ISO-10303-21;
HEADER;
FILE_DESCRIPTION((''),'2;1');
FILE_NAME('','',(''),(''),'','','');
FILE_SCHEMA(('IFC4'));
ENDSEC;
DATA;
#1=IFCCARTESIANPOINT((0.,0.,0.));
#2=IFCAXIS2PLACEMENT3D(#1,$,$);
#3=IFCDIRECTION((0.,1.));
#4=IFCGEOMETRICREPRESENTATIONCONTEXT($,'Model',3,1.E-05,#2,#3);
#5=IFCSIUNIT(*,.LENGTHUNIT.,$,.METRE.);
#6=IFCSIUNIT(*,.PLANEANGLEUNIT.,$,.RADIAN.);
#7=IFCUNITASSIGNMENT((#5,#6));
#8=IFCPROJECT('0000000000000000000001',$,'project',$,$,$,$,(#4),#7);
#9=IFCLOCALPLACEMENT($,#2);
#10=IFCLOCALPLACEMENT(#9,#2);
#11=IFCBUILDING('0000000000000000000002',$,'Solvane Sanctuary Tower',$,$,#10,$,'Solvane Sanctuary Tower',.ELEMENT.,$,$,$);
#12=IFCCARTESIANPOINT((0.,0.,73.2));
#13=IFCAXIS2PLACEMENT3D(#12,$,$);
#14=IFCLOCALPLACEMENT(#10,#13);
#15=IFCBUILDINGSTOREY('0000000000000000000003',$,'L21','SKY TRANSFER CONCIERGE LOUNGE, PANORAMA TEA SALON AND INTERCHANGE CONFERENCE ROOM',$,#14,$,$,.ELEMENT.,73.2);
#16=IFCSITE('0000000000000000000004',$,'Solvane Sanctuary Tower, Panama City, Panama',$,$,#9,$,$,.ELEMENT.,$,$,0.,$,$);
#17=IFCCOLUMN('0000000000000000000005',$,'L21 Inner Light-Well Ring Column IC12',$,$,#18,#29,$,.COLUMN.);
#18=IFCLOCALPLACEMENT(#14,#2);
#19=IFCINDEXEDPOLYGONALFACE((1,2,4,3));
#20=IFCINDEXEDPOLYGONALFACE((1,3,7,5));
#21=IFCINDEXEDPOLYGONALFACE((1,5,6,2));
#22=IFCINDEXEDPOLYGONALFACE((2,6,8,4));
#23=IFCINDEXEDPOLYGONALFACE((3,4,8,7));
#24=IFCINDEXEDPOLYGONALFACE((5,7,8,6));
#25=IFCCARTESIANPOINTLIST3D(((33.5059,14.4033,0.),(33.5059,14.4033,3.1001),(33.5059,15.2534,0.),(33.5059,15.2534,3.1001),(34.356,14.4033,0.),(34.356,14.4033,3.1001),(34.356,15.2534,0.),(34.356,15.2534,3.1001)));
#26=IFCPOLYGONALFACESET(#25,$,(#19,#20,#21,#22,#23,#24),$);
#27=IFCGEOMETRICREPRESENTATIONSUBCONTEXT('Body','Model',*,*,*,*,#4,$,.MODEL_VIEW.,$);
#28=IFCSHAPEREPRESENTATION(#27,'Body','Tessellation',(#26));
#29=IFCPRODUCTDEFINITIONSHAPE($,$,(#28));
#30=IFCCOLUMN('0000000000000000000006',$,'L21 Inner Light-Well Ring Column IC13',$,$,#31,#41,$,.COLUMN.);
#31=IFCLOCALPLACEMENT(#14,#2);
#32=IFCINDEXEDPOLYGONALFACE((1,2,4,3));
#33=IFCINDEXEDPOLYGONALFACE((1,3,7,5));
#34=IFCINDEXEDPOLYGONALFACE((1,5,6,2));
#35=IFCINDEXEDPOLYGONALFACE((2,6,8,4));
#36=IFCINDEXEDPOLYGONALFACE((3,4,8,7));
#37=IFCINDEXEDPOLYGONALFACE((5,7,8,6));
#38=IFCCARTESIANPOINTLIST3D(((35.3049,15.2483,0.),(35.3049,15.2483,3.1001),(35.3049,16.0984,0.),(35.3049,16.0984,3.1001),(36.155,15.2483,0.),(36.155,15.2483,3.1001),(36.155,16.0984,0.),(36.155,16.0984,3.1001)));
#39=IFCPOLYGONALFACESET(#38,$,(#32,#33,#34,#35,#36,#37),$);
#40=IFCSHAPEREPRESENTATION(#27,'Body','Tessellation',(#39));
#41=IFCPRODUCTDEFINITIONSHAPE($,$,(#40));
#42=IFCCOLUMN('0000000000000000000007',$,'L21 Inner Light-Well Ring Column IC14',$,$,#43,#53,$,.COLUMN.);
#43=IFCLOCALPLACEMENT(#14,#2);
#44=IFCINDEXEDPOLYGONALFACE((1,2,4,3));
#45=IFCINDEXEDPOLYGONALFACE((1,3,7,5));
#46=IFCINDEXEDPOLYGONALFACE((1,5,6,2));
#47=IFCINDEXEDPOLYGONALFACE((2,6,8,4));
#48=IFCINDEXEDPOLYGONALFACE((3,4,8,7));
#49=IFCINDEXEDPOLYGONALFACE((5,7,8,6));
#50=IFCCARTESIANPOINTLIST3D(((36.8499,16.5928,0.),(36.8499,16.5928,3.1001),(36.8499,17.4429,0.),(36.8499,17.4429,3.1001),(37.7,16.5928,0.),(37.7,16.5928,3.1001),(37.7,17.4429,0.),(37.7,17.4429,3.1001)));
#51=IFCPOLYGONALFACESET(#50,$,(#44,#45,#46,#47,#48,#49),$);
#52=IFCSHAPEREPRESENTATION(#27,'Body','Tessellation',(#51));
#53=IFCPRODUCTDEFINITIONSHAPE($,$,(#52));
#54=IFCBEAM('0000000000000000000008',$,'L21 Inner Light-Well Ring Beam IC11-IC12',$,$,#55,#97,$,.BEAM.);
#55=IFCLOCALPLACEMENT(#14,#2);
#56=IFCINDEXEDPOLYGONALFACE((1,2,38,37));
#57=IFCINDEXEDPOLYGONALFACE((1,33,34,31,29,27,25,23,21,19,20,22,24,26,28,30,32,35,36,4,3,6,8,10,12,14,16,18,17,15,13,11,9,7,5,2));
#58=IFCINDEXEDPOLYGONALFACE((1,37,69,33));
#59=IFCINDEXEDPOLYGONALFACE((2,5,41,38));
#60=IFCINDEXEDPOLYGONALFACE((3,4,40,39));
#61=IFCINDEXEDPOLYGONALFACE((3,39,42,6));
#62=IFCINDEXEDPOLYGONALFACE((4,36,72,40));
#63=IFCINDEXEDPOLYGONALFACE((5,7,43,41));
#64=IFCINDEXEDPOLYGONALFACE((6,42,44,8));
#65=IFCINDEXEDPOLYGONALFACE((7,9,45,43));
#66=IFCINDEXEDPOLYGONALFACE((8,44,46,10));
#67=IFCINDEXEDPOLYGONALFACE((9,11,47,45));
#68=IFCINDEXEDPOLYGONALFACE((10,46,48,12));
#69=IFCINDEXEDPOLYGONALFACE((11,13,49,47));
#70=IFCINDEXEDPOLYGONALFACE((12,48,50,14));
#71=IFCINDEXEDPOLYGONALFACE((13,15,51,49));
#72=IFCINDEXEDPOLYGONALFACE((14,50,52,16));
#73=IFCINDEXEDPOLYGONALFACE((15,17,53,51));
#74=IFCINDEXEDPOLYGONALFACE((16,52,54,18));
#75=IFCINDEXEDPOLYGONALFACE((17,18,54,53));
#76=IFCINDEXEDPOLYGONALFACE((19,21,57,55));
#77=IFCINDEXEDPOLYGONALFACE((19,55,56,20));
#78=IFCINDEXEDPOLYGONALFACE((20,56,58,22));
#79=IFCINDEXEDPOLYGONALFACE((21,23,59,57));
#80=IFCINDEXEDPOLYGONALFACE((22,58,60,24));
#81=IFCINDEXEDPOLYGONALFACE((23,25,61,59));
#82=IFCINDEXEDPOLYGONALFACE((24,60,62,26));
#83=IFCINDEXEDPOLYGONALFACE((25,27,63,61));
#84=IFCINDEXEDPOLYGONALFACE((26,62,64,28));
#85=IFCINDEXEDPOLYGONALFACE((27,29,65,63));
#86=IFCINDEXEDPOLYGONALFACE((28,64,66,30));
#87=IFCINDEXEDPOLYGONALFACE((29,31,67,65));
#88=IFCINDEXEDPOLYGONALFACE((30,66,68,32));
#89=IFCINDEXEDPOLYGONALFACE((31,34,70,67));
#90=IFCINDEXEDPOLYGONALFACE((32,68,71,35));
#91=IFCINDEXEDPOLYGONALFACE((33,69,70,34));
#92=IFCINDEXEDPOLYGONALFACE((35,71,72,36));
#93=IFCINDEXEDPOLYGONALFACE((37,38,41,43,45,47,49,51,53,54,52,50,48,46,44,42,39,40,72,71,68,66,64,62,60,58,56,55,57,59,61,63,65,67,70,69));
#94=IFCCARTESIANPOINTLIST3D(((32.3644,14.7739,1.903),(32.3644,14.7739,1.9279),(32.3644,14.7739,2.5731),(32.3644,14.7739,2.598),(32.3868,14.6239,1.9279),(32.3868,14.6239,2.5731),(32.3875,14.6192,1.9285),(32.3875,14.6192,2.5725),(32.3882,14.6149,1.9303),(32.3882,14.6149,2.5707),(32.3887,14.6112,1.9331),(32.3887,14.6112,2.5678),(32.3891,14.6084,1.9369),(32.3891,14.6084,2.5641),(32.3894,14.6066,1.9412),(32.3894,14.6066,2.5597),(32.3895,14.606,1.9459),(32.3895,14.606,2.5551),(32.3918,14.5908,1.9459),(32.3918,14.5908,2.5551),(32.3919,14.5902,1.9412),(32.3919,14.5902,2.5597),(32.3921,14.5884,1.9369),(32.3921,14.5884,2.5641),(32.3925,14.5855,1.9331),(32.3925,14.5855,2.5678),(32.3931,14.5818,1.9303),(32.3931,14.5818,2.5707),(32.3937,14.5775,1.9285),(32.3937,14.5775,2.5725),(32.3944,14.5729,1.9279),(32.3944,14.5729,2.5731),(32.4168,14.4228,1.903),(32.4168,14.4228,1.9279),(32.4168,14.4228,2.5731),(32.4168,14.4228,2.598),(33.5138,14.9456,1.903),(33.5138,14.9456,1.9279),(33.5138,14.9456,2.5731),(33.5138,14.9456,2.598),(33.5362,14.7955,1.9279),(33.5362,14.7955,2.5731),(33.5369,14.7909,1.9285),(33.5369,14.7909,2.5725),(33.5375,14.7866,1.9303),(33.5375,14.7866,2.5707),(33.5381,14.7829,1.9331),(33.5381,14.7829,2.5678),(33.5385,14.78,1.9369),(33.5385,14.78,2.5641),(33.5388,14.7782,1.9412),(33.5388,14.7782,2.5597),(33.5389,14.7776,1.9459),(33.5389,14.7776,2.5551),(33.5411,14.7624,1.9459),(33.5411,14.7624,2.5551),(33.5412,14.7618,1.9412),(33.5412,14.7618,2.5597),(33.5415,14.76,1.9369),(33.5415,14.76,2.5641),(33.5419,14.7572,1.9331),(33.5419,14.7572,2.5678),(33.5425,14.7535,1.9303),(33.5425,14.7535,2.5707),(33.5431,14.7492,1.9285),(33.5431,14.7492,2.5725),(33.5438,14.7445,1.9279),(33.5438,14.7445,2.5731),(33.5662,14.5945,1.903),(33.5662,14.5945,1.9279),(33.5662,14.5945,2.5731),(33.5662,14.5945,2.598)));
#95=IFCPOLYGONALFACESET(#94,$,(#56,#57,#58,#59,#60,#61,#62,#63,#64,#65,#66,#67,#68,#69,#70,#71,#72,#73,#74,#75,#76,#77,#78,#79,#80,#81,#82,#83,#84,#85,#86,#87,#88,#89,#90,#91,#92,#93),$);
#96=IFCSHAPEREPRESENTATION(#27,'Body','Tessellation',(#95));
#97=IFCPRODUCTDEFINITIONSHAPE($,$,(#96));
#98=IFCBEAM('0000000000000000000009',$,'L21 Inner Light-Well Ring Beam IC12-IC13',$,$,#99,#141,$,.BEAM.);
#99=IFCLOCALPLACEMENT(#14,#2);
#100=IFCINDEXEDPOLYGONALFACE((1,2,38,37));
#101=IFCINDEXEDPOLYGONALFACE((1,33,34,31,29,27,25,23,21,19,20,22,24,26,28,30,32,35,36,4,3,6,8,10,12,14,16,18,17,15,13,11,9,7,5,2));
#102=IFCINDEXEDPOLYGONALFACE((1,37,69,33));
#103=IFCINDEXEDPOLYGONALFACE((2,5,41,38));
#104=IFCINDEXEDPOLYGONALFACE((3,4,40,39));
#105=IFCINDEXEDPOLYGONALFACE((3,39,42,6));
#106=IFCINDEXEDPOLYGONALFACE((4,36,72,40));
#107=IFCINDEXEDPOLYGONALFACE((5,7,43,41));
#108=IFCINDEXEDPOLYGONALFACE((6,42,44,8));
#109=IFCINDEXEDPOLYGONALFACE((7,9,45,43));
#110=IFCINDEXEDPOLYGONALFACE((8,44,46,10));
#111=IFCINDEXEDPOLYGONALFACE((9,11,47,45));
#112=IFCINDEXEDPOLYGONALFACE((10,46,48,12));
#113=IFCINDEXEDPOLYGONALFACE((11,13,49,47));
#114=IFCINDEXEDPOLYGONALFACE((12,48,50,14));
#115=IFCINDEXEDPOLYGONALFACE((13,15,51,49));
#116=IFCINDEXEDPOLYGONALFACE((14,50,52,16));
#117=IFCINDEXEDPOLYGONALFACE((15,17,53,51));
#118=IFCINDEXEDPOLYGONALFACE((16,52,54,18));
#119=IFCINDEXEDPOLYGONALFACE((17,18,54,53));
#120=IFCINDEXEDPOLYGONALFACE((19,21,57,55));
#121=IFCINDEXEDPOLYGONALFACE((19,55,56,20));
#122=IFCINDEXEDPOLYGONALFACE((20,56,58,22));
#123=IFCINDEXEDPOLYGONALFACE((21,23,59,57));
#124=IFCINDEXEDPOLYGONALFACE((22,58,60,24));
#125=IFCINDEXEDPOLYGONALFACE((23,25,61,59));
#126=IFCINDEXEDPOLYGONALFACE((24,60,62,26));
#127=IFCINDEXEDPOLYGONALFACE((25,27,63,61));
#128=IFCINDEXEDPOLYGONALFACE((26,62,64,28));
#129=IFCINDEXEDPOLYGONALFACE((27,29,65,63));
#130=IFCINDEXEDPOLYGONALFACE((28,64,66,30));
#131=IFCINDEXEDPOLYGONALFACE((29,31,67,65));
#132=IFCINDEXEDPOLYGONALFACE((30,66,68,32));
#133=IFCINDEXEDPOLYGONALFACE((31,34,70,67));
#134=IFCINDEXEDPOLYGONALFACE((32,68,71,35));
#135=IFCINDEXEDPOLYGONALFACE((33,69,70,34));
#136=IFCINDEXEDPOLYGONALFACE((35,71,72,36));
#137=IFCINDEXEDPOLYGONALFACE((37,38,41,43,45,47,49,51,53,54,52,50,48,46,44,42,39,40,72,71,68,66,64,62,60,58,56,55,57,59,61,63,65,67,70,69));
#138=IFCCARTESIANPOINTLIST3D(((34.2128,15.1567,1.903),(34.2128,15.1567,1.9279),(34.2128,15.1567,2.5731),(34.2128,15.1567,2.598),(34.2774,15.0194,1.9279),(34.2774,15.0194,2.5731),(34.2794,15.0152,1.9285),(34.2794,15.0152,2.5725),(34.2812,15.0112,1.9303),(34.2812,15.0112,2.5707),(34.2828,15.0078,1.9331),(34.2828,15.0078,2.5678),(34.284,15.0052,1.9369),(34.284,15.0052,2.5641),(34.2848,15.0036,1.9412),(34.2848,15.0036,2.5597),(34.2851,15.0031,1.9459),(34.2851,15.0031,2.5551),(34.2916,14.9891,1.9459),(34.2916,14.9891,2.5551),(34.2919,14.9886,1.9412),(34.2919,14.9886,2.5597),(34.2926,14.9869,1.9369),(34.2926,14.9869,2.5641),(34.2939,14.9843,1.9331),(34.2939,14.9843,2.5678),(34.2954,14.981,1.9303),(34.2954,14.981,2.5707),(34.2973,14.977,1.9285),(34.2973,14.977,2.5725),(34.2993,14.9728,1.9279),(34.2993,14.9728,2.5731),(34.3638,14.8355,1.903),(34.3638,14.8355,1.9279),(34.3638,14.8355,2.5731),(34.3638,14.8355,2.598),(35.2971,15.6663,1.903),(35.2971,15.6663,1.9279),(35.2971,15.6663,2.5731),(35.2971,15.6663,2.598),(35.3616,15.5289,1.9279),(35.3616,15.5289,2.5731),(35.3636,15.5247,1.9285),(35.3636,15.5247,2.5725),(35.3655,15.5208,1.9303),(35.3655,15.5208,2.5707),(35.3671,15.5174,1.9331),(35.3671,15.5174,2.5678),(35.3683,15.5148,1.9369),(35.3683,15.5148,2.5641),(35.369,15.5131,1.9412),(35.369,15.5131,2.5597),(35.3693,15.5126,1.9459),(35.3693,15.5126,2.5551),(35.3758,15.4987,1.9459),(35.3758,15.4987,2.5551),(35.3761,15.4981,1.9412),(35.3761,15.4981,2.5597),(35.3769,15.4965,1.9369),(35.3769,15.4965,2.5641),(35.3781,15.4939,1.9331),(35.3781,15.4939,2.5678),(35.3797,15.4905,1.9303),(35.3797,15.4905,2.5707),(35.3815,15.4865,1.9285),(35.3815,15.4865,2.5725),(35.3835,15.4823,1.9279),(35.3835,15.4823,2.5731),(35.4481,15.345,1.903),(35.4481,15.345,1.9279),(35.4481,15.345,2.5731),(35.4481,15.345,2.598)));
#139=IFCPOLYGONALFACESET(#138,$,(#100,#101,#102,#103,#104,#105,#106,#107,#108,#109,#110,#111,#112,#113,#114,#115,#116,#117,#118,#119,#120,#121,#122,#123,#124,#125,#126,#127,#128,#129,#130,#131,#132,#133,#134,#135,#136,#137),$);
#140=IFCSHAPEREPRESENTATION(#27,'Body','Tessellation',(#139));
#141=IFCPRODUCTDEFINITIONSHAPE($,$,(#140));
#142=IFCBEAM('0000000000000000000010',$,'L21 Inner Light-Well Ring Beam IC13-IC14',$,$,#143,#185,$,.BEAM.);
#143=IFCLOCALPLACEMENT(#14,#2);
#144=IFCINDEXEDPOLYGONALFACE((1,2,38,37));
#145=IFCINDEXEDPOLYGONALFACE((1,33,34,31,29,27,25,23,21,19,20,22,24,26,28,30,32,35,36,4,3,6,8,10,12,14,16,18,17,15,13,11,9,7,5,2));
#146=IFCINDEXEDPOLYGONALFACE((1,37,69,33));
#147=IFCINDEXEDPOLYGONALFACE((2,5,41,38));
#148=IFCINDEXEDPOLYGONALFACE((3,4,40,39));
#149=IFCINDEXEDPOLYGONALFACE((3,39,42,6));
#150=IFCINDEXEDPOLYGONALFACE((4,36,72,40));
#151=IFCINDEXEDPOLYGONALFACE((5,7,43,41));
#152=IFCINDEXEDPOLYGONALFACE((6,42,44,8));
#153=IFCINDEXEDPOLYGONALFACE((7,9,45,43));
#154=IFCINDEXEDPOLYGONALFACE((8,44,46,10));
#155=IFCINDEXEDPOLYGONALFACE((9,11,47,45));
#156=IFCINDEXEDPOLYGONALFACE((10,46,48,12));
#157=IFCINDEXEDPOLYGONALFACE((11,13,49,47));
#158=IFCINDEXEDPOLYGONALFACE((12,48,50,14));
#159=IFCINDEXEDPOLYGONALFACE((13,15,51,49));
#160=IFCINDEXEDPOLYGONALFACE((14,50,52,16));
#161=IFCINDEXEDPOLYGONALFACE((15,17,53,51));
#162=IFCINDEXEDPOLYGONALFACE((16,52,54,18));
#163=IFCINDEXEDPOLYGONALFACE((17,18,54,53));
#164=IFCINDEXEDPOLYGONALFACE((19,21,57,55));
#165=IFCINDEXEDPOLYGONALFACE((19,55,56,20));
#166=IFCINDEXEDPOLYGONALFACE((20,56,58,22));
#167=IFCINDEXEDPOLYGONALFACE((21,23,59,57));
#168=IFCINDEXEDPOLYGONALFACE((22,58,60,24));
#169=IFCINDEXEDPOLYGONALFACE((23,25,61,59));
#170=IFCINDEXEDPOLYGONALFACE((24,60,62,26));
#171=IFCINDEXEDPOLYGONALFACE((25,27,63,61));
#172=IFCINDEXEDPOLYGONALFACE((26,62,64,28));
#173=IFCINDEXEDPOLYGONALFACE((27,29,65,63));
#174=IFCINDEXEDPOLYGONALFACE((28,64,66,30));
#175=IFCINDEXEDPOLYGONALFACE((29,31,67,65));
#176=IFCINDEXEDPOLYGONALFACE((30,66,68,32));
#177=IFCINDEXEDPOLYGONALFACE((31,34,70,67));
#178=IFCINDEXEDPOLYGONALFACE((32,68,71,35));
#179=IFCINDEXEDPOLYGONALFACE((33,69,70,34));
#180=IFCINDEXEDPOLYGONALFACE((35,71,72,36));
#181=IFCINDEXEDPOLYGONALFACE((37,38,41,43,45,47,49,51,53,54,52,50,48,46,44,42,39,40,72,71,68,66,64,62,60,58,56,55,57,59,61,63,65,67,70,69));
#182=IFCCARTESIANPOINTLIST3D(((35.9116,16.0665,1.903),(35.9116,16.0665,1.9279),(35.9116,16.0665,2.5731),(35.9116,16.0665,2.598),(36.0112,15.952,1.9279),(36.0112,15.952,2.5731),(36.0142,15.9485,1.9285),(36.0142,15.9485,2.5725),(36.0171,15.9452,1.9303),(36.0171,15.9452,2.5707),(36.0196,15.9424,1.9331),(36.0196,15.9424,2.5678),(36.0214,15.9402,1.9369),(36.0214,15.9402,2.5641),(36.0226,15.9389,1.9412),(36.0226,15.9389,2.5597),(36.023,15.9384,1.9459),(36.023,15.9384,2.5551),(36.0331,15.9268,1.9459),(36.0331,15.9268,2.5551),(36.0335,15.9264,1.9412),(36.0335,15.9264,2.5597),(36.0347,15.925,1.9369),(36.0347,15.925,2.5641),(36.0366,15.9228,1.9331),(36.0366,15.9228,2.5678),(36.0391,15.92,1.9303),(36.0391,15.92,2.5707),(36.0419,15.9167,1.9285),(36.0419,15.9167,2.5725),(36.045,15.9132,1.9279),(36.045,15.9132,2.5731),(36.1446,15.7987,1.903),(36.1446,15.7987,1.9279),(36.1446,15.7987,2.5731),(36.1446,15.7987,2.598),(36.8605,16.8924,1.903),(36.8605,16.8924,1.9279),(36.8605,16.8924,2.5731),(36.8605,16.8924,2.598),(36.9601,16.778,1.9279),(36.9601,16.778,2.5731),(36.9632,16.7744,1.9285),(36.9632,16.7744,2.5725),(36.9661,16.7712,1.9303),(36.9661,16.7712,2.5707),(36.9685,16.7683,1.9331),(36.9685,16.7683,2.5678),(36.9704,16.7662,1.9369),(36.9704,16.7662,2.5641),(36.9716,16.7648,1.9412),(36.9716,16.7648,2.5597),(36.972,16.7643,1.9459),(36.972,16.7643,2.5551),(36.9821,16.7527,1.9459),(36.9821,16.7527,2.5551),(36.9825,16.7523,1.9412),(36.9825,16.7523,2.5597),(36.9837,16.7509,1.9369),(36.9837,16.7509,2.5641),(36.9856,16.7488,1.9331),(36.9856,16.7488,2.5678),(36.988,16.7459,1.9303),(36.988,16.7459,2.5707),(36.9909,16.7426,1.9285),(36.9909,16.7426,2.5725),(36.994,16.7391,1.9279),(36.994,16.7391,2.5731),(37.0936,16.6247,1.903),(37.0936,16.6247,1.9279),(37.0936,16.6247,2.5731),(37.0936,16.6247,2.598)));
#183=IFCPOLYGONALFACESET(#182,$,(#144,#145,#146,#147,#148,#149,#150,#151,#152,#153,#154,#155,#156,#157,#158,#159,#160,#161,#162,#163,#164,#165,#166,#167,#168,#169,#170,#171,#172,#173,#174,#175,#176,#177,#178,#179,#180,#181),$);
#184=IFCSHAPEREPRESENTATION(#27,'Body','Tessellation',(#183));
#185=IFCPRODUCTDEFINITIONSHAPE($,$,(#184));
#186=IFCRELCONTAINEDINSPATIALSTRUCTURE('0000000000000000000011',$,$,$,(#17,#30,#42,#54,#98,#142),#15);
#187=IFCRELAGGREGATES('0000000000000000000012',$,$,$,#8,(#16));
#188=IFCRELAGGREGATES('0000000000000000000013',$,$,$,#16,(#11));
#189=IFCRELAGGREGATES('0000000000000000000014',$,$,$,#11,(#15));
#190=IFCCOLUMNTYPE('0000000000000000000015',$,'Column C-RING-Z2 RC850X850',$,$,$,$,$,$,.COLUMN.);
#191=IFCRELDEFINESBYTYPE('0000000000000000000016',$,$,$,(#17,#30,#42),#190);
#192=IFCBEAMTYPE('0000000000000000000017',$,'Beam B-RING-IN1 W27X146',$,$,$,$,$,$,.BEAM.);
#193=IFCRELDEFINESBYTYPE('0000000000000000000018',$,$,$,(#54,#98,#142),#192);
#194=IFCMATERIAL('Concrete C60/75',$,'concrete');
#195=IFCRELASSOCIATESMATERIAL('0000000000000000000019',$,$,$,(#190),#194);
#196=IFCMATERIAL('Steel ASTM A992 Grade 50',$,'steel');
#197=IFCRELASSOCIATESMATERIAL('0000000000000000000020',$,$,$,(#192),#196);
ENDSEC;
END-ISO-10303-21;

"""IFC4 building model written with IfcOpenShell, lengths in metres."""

from ifc_helpers import new_model, si_unit, direction, frame, origin, origin_2d, place, context, subcontext, project, spatial, rectangle, i_section, extrude, material, material_profile, profile_set, type_object, element, save


model = new_model("IFC4")

# Units and contexts
model_context = context("Model", 3, precision=1e-05, world=origin(), true_north=direction((0.0, 1.0)))
body_context = subcontext(model_context, "Body", "Model", "MODEL_VIEW")
ifc_project = project(units=[si_unit("LENGTHUNIT", "METRE"), si_unit("PLANEANGLEUNIT", "RADIAN")], contexts=[model_context])

# Site, building, storey
site_placement = place(None, origin())
site = spatial("IfcSite", under=ifc_project, at=site_placement, Name="Solvane Sanctuary Tower, Panama City, Panama", CompositionType="ELEMENT", RefElevation=0.0)
building_placement = place(site_placement, origin())
building = spatial("IfcBuilding", under=site, at=building_placement, Name="Solvane Sanctuary Tower", LongName="Solvane Sanctuary Tower", CompositionType="ELEMENT")
storey_placement = place(building_placement, frame((0.0, 0.0, 73.2)))
storey = spatial("IfcBuildingStorey", under=building, at=storey_placement, Name="L21", Description="SKY TRANSFER CONCIERGE LOUNGE, PANORAMA TEA SALON AND INTERCHANGE CONFERENCE ROOM", CompositionType="ELEMENT", Elevation=73.2)

# Columns
ifc_material_1 = material(Name="Concrete C60/75", Category="concrete")
ifc_material_profile_1 = material_profile(ifc_material_1, rectangle(XDim=0.8501, YDim=0.8501, at=origin_2d()), Name="RC850X850")
ifc_profile_set_1 = profile_set([ifc_material_profile_1], Name="Concrete C60/75")
column_type = type_object("IfcColumnType", Name="Column C-RING-Z2 RC850X850", PredefinedType="COLUMN", material=ifc_profile_set_1)
for number, where, z_axis, x_axis, name in (
    (1, (33.9309, 14.8284, 0.0), (0.0, 0.0, 1.0), (1.0, 0.0, 0.0), "L21 Inner Light-Well Ring Column IC12"),
    (2, (35.73, 15.6733, 0.0), (0.0, 0.0, 1.0), (1.0, 0.0, 0.0), "L21 Inner Light-Well Ring Column IC13"),
    (3, (37.2749, 17.0178, 0.0), (0.0, 0.0, 1.0), (1.0, 0.0, 0.0), "L21 Inner Light-Well Ring Column IC14"),
):
    element("IfcColumn", number, at=place(storey_placement, frame(where, z_axis=z_axis, x_axis=x_axis)), inside=storey, type_object=column_type, Name=name, PredefinedType="COLUMN", context=body_context, shape_type="SweptSolid", body=[
        extrude(rectangle(XDim=0.8501, YDim=0.8501, at=origin_2d()), origin(), (0.0, 0.0, 1.0), 3.1001),
    ])

# Beams
ifc_material_2 = material(Name="Steel ASTM A992 Grade 50", Category="steel")
ifc_material_profile_2 = material_profile(ifc_material_2, i_section(OverallWidth=0.355, OverallDepth=0.6951, WebThickness=0.0154, FlangeThickness=0.0249, FilletRadius=0.0181, at=origin_2d()), Name="W27X146")
ifc_profile_set_2 = profile_set([ifc_material_profile_2], Name="Steel ASTM A992 Grade 50")
beam_type_1 = type_object("IfcBeamType", Name="Beam B-RING-IN1 W27X146", PredefinedType="BEAM", material=ifc_profile_set_2)
beam_1_placement = place(storey_placement, frame((32.3906, 14.5984, 2.2505), z_axis=(0.989035, 0.147683, 0.0), x_axis=(-0.147683, 0.989035, 0.0)))
element("IfcBeam", 4, at=beam_1_placement, inside=storey, type_object=beam_type_1, Name="L21 Inner Light-Well Ring Beam IC11-IC12", PredefinedType="BEAM", context=body_context, shape_type="SweptSolid", body=[
    extrude(i_section(OverallWidth=0.355, OverallDepth=0.6951, WebThickness=0.0154, FlangeThickness=0.0249, FilletRadius=0.0181, at=origin_2d()), origin(), (0.0, 0.0, 1.0), 1.1621),
])
beam_2_placement = place(storey_placement, frame((34.2883, 14.9961, 2.2505), z_axis=(0.905045, 0.425316, 0.0), x_axis=(-0.425316, 0.905045, 0.0)))
element("IfcBeam", 5, at=beam_2_placement, inside=storey, type_object=beam_type_1, Name="L21 Inner Light-Well Ring Beam IC12-IC13", PredefinedType="BEAM", context=body_context, shape_type="SweptSolid", body=[
    extrude(i_section(OverallWidth=0.355, OverallDepth=0.6951, WebThickness=0.0154, FlangeThickness=0.0249, FilletRadius=0.0181, at=origin_2d()), origin(), (0.0, 0.0, 1.0), 1.198),
])
beam_3_placement = place(storey_placement, frame((36.0281, 15.9326, 2.2505), z_axis=(0.754317, 0.65651, 0.0), x_axis=(-0.65651, 0.754317, 0.0)))
element("IfcBeam", 6, at=beam_3_placement, inside=storey, type_object=beam_type_1, Name="L21 Inner Light-Well Ring Beam IC13-IC14", PredefinedType="BEAM", context=body_context, shape_type="SweptSolid", body=[
    extrude(i_section(OverallWidth=0.355, OverallDepth=0.6951, WebThickness=0.0154, FlangeThickness=0.0249, FilletRadius=0.0181, at=origin_2d()), origin(), (0.0, 0.0, 1.0), 1.2581),
])

save(model, "model.ifc")
